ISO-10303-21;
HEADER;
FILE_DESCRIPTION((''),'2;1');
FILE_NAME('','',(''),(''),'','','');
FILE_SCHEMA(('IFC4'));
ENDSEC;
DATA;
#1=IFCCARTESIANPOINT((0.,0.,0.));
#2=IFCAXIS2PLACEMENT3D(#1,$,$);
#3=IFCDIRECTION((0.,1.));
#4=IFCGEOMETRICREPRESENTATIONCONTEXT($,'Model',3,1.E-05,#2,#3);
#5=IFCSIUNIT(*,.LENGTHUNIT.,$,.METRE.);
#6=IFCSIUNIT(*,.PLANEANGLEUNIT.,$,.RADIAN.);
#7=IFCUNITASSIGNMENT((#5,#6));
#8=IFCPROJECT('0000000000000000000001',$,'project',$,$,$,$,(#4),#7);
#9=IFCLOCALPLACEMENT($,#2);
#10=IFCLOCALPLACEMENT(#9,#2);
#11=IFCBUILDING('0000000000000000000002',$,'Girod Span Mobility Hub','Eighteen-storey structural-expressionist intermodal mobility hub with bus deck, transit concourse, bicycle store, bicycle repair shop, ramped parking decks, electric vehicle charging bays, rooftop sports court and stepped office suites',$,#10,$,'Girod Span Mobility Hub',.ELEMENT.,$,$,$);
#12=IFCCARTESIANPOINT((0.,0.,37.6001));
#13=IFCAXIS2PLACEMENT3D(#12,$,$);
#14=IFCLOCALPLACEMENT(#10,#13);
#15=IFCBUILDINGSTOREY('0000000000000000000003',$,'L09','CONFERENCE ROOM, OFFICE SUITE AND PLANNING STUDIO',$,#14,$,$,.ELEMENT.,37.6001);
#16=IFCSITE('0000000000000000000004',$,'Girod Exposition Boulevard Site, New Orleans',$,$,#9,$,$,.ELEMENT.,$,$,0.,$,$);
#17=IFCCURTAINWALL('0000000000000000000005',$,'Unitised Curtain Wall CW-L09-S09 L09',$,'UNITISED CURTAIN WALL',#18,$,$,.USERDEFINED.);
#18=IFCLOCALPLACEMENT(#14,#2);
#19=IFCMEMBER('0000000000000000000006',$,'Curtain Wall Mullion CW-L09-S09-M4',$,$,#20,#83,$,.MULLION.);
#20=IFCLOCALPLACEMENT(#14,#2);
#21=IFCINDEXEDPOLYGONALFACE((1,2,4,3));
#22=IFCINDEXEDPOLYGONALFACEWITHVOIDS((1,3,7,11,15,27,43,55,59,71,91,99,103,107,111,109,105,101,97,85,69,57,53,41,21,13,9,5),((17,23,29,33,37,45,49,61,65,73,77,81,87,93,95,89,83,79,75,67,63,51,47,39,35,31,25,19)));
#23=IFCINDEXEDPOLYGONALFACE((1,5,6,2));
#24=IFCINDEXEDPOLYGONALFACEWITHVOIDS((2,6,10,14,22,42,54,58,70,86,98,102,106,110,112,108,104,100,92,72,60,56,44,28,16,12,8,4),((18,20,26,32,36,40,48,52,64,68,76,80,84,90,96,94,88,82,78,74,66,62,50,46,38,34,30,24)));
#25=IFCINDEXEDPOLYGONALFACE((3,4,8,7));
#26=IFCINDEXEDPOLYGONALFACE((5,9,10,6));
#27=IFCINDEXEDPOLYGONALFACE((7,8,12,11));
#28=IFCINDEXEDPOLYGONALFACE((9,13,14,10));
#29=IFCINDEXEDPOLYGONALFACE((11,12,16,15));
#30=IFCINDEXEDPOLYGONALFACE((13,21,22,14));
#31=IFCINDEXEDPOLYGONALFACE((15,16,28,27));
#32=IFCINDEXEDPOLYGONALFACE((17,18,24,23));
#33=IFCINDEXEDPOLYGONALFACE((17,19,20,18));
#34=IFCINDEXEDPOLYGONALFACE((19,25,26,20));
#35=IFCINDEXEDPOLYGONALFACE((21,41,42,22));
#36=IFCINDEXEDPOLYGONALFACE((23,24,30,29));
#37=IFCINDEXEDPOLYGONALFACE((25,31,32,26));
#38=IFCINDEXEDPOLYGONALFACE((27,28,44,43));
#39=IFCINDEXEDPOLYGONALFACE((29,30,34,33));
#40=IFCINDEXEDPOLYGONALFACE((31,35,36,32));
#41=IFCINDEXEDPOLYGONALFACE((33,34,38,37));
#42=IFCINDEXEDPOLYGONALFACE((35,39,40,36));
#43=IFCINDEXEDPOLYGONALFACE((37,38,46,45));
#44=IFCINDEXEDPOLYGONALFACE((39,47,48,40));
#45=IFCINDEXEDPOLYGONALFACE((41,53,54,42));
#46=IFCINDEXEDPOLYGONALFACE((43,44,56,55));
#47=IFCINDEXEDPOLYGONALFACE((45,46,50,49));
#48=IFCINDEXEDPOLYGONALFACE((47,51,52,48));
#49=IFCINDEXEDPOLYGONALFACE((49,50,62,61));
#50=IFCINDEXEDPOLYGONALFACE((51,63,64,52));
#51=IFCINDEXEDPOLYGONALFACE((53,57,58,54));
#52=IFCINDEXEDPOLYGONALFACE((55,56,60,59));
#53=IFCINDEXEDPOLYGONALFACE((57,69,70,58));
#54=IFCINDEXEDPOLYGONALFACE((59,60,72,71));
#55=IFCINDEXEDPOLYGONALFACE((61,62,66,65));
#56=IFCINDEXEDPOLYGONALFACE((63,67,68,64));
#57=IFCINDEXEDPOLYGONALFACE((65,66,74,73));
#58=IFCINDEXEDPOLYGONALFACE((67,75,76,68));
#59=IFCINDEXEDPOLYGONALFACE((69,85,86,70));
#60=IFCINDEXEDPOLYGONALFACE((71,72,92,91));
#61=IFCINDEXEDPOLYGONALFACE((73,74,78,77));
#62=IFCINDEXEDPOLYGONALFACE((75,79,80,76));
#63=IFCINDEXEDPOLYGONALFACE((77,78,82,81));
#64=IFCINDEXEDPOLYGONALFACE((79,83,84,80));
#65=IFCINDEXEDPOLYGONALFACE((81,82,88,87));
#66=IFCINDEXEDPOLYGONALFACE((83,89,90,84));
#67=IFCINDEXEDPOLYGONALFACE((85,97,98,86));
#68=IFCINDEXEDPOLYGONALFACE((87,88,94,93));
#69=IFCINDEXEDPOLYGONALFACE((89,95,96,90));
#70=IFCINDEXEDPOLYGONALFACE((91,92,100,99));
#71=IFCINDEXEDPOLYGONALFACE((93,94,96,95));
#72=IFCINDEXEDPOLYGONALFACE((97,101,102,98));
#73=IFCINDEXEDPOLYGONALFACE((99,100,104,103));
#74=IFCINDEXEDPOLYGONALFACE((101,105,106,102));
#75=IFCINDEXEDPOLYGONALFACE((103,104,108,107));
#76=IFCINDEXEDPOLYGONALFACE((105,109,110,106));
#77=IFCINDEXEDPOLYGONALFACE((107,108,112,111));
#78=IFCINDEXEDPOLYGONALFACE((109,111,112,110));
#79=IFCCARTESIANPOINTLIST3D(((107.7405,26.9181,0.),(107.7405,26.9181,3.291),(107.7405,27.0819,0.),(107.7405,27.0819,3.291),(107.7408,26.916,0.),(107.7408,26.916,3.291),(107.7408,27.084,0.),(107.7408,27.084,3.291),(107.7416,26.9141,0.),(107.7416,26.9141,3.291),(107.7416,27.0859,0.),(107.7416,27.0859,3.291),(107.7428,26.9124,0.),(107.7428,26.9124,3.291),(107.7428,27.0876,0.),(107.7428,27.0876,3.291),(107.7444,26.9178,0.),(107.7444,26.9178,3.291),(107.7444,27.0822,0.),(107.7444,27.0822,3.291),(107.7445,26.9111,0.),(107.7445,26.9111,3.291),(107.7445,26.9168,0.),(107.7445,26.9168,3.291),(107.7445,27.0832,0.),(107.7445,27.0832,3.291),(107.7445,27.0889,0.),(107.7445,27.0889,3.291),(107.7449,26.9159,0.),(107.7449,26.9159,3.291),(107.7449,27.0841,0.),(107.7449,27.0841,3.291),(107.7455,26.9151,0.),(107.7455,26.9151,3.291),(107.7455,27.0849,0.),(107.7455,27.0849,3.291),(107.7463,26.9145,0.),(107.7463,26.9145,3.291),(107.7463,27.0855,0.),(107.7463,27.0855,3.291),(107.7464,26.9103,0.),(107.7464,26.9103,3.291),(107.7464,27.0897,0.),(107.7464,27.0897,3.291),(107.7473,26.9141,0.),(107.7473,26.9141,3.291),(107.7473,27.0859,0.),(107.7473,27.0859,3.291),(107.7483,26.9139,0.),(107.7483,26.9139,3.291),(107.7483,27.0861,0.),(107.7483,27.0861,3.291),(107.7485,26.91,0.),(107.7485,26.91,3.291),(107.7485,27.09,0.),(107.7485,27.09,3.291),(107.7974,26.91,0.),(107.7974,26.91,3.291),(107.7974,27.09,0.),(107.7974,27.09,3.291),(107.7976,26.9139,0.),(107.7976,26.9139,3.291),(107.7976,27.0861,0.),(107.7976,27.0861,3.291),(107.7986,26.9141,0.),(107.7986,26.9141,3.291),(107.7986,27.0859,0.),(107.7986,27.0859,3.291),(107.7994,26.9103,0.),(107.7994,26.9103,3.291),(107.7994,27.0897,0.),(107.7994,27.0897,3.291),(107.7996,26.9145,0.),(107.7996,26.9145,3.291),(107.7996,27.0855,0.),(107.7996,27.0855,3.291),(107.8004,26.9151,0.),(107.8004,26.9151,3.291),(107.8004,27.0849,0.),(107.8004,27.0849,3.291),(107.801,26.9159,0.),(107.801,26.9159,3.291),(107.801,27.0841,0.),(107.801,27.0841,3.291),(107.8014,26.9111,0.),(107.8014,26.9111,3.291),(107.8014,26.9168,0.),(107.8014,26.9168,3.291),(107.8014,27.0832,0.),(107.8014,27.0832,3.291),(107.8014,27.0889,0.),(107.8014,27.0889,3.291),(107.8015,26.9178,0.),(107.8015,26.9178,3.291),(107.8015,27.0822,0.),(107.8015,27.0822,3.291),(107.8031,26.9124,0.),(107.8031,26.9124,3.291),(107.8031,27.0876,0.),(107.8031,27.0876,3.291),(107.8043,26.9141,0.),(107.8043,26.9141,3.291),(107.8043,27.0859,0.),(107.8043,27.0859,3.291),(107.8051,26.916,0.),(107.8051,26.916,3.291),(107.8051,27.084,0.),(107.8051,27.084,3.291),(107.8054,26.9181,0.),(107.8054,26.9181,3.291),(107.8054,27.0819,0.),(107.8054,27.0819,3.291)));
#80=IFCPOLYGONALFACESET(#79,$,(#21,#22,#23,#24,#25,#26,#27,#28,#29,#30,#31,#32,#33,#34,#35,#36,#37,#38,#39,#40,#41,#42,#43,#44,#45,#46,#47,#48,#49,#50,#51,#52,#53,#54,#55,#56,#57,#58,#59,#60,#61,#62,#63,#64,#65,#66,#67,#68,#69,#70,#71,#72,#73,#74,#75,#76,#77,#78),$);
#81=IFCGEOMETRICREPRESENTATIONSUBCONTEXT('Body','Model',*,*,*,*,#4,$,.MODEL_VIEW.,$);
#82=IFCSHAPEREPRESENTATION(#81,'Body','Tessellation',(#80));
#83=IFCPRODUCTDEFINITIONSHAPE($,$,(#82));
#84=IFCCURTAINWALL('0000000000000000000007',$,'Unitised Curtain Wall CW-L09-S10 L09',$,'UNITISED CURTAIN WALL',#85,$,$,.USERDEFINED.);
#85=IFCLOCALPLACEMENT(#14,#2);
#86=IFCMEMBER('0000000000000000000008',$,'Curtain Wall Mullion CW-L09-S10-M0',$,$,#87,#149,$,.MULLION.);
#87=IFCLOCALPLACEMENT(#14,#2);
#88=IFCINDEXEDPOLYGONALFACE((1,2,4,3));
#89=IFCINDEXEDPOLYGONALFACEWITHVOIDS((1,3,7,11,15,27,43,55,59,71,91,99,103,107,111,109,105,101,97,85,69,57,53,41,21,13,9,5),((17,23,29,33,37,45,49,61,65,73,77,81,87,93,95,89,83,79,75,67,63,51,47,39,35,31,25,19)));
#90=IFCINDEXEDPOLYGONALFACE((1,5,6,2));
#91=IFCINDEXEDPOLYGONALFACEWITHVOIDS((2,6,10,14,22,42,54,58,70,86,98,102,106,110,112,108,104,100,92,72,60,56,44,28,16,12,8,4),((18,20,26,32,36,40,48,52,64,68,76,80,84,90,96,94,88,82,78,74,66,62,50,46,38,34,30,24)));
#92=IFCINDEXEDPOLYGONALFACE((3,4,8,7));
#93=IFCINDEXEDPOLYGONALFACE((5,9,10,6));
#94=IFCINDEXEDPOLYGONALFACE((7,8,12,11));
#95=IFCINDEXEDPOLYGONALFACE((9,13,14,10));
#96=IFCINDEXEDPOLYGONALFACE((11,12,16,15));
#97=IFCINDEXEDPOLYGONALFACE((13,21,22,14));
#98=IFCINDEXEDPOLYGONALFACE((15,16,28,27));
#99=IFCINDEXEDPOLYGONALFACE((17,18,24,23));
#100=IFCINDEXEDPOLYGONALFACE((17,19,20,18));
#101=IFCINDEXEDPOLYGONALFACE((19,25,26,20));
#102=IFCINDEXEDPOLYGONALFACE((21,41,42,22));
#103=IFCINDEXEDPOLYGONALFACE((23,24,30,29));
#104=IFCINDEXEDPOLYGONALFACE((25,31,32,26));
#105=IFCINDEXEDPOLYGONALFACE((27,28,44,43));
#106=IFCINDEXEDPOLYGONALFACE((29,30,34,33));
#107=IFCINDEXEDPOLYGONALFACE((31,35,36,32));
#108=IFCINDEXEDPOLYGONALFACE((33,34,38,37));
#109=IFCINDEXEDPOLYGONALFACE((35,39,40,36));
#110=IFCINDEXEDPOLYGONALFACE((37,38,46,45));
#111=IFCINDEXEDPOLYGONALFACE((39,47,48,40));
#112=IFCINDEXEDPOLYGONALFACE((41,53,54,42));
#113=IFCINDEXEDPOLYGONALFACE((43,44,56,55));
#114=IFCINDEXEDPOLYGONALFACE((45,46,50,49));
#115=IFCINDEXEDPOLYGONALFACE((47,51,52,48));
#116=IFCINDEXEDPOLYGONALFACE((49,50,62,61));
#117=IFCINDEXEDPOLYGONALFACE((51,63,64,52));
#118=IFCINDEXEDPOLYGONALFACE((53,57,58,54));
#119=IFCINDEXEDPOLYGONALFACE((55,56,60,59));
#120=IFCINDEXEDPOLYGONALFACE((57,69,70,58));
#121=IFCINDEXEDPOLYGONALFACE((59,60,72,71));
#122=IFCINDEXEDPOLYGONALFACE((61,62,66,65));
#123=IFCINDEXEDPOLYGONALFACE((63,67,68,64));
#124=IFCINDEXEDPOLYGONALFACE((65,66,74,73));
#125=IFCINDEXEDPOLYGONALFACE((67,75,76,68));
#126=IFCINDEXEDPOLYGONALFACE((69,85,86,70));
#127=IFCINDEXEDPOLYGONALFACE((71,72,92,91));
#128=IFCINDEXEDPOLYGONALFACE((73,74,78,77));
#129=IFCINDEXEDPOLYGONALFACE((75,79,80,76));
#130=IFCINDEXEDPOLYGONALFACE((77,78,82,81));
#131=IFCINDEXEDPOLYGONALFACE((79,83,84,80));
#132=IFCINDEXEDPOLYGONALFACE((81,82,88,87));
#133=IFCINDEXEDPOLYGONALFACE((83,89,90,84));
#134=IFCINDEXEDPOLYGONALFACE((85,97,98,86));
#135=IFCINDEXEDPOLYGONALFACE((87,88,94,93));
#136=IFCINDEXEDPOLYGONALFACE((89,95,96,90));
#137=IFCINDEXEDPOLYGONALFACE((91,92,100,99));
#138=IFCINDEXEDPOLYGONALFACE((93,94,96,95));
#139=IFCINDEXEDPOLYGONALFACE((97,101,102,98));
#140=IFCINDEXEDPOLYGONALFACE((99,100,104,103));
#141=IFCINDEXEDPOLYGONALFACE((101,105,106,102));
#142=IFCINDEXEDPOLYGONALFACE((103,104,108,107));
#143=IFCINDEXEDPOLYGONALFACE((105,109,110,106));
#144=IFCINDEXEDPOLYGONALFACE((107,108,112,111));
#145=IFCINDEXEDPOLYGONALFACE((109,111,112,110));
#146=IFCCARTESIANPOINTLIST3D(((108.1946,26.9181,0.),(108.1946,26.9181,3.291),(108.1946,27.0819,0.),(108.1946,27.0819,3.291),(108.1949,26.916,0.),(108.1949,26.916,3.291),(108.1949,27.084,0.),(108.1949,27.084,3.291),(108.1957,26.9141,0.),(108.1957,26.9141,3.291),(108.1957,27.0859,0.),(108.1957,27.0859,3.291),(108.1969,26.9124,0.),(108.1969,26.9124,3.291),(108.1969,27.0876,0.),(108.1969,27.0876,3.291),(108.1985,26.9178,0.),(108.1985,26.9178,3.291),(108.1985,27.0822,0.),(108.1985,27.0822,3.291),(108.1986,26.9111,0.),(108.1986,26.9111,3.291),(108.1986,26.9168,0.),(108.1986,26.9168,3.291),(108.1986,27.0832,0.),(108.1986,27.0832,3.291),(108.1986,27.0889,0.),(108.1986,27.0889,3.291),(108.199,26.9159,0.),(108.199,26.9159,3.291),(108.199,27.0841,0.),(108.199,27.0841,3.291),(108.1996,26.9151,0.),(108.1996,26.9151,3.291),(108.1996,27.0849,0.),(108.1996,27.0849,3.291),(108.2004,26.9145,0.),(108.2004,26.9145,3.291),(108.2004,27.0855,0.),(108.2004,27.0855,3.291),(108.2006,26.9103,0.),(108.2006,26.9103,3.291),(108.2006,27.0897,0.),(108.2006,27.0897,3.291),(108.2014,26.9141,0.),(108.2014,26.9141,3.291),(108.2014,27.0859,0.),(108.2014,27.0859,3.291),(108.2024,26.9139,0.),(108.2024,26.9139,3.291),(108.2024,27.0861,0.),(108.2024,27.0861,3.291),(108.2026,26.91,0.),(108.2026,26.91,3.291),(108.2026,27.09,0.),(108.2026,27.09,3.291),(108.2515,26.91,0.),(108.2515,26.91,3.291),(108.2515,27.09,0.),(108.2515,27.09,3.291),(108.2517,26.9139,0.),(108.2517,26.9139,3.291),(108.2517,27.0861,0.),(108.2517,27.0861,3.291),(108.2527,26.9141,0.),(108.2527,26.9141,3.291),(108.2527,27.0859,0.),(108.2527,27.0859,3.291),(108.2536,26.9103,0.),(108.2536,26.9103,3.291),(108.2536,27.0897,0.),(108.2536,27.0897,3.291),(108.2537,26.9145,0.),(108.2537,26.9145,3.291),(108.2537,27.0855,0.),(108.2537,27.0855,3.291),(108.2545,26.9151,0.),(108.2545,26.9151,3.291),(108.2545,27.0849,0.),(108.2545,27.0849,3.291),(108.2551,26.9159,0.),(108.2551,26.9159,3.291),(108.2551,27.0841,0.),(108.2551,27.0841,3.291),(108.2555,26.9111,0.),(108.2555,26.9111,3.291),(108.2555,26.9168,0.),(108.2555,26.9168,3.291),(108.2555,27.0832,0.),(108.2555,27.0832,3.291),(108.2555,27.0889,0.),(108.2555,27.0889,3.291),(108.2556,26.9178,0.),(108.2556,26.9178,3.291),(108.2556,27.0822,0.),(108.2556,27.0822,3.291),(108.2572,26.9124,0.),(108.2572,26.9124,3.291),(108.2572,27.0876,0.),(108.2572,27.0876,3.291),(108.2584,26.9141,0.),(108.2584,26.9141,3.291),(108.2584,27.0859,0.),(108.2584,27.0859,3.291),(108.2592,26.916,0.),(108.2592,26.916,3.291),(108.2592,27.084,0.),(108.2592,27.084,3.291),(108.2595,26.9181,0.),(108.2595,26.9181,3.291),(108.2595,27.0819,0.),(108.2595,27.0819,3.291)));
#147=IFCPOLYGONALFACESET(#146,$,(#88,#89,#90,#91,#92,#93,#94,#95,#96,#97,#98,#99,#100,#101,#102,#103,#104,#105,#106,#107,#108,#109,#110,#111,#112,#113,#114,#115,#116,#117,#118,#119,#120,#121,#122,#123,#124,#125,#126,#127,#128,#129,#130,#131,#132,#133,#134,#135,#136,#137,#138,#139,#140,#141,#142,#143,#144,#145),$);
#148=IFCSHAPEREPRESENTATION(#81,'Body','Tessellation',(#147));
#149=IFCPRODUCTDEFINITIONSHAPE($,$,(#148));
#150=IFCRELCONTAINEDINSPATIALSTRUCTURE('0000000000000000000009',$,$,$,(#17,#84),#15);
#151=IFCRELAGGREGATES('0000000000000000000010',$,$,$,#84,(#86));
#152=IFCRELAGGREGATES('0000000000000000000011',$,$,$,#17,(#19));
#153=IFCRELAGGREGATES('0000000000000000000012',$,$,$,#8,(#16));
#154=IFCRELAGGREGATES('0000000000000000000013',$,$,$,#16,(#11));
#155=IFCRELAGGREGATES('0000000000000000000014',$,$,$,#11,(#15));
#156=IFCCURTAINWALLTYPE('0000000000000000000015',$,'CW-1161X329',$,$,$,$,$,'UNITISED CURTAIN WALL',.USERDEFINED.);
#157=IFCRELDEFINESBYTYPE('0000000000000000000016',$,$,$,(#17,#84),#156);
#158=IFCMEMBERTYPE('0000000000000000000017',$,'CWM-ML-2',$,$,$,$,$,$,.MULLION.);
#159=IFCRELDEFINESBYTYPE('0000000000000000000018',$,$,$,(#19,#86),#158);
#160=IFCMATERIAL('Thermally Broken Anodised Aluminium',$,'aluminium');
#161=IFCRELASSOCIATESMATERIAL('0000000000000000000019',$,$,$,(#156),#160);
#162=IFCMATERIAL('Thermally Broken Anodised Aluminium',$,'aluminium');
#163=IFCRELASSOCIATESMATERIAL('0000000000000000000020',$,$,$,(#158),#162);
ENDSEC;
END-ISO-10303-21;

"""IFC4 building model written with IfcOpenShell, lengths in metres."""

from ifc_helpers import new_model, si_unit, direction, frame, origin, origin_2d, place, context, subcontext, project, spatial, hollow_rectangle, extrude, material, material_profile, profile_set, type_object, element, aggregate, save


model = new_model("IFC4")

# Units and contexts
model_context = context("Model", 3, precision=1e-05, world=origin(), true_north=direction((0.0, 1.0)))
body_context = subcontext(model_context, "Body", "Model", "MODEL_VIEW")
ifc_project = project(units=[si_unit("LENGTHUNIT", "METRE"), si_unit("PLANEANGLEUNIT", "RADIAN")], contexts=[model_context])

# Site, building, storey
site_placement = place(None, origin())
site = spatial("IfcSite", under=ifc_project, at=site_placement, Name="Girod Exposition Boulevard Site, New Orleans", CompositionType="ELEMENT", RefElevation=0.0)
building_placement = place(site_placement, origin())
building = spatial("IfcBuilding", under=site, at=building_placement, Name="Girod Span Mobility Hub", Description="Eighteen-storey structural-expressionist intermodal mobility hub with bus deck, transit concourse, bicycle store, bicycle repair shop, ramped parking decks, electric vehicle charging bays, rooftop sports court and stepped office suites", LongName="Girod Span Mobility Hub", CompositionType="ELEMENT")
storey_placement = place(building_placement, frame((0.0, 0.0, 37.6001)))
storey = spatial("IfcBuildingStorey", under=building, at=storey_placement, Name="L09", Description="CONFERENCE ROOM, OFFICE SUITE AND PLANNING STUDIO", CompositionType="ELEMENT", Elevation=37.6001)

# Curtain wall, member
ifc_material_1 = material(Name="Thermally Broken Anodised Aluminium", Category="aluminium")
curtain_wall_type = type_object("IfcCurtainWallType", Name="CW-1161X329", ElementType="UNITISED CURTAIN WALL", PredefinedType="USERDEFINED", material=ifc_material_1)
curtain_wall_1_placement = place(storey_placement, origin())
curtain_wall_1 = element("IfcCurtainWall", 1, at=curtain_wall_1_placement, inside=storey, type_object=curtain_wall_type, Name="Unitised Curtain Wall CW-L09-S09 L09", ObjectType="UNITISED CURTAIN WALL", PredefinedType="USERDEFINED")
ifc_material_2 = material(Name="Thermally Broken Anodised Aluminium", Category="aluminium")
ifc_material_profile_1 = material_profile(ifc_material_2, hollow_rectangle(XDim=0.1799, YDim=0.0649, WallThickness=0.0039, InnerFilletRadius=0.0039, OuterFilletRadius=0.0081, at=origin_2d()), Name="CW-ML-65X180")
ifc_profile_set_1 = profile_set([ifc_material_profile_1], Name="Thermally Broken Anodised Aluminium")
member_type_1 = type_object("IfcMemberType", Name="CWM-ML-2", PredefinedType="MULLION", material=ifc_profile_set_1)
member_1_placement = place(storey_placement, frame((107.7729, 27.0, 0.0), z_axis=(0.0, 0.0, 1.0), x_axis=(0.0, 1.0, 0.0)))
member_1 = element("IfcMember", 2, at=member_1_placement, type_object=member_type_1, Name="Curtain Wall Mullion CW-L09-S09-M4", PredefinedType="MULLION", context=body_context, shape_type="SweptSolid", body=[
    extrude(hollow_rectangle(XDim=0.1799, YDim=0.0649, WallThickness=0.0039, InnerFilletRadius=0.0039, OuterFilletRadius=0.0081, at=origin_2d()), origin(), (0.0, 0.0, 1.0), 3.291),
])

# Curtain wall, member
curtain_wall_2_placement = place(storey_placement, origin())
curtain_wall_2 = element("IfcCurtainWall", 3, at=curtain_wall_2_placement, inside=storey, type_object=curtain_wall_type, Name="Unitised Curtain Wall CW-L09-S10 L09", ObjectType="UNITISED CURTAIN WALL", PredefinedType="USERDEFINED")
member_2_placement = place(storey_placement, frame((108.2271, 27.0, 0.0), z_axis=(0.0, 0.0, 1.0), x_axis=(0.0, 1.0, 0.0)))
member_2 = element("IfcMember", 4, at=member_2_placement, type_object=member_type_1, Name="Curtain Wall Mullion CW-L09-S10-M0", PredefinedType="MULLION", context=body_context, shape_type="SweptSolid", body=[
    extrude(hollow_rectangle(XDim=0.1799, YDim=0.0649, WallThickness=0.0039, InnerFilletRadius=0.0039, OuterFilletRadius=0.0081, at=origin_2d()), origin(), (0.0, 0.0, 1.0), 3.291),
])

aggregate(curtain_wall_2, [member_2])

aggregate(curtain_wall_1, [member_1])

save(model, "model.ifc")
